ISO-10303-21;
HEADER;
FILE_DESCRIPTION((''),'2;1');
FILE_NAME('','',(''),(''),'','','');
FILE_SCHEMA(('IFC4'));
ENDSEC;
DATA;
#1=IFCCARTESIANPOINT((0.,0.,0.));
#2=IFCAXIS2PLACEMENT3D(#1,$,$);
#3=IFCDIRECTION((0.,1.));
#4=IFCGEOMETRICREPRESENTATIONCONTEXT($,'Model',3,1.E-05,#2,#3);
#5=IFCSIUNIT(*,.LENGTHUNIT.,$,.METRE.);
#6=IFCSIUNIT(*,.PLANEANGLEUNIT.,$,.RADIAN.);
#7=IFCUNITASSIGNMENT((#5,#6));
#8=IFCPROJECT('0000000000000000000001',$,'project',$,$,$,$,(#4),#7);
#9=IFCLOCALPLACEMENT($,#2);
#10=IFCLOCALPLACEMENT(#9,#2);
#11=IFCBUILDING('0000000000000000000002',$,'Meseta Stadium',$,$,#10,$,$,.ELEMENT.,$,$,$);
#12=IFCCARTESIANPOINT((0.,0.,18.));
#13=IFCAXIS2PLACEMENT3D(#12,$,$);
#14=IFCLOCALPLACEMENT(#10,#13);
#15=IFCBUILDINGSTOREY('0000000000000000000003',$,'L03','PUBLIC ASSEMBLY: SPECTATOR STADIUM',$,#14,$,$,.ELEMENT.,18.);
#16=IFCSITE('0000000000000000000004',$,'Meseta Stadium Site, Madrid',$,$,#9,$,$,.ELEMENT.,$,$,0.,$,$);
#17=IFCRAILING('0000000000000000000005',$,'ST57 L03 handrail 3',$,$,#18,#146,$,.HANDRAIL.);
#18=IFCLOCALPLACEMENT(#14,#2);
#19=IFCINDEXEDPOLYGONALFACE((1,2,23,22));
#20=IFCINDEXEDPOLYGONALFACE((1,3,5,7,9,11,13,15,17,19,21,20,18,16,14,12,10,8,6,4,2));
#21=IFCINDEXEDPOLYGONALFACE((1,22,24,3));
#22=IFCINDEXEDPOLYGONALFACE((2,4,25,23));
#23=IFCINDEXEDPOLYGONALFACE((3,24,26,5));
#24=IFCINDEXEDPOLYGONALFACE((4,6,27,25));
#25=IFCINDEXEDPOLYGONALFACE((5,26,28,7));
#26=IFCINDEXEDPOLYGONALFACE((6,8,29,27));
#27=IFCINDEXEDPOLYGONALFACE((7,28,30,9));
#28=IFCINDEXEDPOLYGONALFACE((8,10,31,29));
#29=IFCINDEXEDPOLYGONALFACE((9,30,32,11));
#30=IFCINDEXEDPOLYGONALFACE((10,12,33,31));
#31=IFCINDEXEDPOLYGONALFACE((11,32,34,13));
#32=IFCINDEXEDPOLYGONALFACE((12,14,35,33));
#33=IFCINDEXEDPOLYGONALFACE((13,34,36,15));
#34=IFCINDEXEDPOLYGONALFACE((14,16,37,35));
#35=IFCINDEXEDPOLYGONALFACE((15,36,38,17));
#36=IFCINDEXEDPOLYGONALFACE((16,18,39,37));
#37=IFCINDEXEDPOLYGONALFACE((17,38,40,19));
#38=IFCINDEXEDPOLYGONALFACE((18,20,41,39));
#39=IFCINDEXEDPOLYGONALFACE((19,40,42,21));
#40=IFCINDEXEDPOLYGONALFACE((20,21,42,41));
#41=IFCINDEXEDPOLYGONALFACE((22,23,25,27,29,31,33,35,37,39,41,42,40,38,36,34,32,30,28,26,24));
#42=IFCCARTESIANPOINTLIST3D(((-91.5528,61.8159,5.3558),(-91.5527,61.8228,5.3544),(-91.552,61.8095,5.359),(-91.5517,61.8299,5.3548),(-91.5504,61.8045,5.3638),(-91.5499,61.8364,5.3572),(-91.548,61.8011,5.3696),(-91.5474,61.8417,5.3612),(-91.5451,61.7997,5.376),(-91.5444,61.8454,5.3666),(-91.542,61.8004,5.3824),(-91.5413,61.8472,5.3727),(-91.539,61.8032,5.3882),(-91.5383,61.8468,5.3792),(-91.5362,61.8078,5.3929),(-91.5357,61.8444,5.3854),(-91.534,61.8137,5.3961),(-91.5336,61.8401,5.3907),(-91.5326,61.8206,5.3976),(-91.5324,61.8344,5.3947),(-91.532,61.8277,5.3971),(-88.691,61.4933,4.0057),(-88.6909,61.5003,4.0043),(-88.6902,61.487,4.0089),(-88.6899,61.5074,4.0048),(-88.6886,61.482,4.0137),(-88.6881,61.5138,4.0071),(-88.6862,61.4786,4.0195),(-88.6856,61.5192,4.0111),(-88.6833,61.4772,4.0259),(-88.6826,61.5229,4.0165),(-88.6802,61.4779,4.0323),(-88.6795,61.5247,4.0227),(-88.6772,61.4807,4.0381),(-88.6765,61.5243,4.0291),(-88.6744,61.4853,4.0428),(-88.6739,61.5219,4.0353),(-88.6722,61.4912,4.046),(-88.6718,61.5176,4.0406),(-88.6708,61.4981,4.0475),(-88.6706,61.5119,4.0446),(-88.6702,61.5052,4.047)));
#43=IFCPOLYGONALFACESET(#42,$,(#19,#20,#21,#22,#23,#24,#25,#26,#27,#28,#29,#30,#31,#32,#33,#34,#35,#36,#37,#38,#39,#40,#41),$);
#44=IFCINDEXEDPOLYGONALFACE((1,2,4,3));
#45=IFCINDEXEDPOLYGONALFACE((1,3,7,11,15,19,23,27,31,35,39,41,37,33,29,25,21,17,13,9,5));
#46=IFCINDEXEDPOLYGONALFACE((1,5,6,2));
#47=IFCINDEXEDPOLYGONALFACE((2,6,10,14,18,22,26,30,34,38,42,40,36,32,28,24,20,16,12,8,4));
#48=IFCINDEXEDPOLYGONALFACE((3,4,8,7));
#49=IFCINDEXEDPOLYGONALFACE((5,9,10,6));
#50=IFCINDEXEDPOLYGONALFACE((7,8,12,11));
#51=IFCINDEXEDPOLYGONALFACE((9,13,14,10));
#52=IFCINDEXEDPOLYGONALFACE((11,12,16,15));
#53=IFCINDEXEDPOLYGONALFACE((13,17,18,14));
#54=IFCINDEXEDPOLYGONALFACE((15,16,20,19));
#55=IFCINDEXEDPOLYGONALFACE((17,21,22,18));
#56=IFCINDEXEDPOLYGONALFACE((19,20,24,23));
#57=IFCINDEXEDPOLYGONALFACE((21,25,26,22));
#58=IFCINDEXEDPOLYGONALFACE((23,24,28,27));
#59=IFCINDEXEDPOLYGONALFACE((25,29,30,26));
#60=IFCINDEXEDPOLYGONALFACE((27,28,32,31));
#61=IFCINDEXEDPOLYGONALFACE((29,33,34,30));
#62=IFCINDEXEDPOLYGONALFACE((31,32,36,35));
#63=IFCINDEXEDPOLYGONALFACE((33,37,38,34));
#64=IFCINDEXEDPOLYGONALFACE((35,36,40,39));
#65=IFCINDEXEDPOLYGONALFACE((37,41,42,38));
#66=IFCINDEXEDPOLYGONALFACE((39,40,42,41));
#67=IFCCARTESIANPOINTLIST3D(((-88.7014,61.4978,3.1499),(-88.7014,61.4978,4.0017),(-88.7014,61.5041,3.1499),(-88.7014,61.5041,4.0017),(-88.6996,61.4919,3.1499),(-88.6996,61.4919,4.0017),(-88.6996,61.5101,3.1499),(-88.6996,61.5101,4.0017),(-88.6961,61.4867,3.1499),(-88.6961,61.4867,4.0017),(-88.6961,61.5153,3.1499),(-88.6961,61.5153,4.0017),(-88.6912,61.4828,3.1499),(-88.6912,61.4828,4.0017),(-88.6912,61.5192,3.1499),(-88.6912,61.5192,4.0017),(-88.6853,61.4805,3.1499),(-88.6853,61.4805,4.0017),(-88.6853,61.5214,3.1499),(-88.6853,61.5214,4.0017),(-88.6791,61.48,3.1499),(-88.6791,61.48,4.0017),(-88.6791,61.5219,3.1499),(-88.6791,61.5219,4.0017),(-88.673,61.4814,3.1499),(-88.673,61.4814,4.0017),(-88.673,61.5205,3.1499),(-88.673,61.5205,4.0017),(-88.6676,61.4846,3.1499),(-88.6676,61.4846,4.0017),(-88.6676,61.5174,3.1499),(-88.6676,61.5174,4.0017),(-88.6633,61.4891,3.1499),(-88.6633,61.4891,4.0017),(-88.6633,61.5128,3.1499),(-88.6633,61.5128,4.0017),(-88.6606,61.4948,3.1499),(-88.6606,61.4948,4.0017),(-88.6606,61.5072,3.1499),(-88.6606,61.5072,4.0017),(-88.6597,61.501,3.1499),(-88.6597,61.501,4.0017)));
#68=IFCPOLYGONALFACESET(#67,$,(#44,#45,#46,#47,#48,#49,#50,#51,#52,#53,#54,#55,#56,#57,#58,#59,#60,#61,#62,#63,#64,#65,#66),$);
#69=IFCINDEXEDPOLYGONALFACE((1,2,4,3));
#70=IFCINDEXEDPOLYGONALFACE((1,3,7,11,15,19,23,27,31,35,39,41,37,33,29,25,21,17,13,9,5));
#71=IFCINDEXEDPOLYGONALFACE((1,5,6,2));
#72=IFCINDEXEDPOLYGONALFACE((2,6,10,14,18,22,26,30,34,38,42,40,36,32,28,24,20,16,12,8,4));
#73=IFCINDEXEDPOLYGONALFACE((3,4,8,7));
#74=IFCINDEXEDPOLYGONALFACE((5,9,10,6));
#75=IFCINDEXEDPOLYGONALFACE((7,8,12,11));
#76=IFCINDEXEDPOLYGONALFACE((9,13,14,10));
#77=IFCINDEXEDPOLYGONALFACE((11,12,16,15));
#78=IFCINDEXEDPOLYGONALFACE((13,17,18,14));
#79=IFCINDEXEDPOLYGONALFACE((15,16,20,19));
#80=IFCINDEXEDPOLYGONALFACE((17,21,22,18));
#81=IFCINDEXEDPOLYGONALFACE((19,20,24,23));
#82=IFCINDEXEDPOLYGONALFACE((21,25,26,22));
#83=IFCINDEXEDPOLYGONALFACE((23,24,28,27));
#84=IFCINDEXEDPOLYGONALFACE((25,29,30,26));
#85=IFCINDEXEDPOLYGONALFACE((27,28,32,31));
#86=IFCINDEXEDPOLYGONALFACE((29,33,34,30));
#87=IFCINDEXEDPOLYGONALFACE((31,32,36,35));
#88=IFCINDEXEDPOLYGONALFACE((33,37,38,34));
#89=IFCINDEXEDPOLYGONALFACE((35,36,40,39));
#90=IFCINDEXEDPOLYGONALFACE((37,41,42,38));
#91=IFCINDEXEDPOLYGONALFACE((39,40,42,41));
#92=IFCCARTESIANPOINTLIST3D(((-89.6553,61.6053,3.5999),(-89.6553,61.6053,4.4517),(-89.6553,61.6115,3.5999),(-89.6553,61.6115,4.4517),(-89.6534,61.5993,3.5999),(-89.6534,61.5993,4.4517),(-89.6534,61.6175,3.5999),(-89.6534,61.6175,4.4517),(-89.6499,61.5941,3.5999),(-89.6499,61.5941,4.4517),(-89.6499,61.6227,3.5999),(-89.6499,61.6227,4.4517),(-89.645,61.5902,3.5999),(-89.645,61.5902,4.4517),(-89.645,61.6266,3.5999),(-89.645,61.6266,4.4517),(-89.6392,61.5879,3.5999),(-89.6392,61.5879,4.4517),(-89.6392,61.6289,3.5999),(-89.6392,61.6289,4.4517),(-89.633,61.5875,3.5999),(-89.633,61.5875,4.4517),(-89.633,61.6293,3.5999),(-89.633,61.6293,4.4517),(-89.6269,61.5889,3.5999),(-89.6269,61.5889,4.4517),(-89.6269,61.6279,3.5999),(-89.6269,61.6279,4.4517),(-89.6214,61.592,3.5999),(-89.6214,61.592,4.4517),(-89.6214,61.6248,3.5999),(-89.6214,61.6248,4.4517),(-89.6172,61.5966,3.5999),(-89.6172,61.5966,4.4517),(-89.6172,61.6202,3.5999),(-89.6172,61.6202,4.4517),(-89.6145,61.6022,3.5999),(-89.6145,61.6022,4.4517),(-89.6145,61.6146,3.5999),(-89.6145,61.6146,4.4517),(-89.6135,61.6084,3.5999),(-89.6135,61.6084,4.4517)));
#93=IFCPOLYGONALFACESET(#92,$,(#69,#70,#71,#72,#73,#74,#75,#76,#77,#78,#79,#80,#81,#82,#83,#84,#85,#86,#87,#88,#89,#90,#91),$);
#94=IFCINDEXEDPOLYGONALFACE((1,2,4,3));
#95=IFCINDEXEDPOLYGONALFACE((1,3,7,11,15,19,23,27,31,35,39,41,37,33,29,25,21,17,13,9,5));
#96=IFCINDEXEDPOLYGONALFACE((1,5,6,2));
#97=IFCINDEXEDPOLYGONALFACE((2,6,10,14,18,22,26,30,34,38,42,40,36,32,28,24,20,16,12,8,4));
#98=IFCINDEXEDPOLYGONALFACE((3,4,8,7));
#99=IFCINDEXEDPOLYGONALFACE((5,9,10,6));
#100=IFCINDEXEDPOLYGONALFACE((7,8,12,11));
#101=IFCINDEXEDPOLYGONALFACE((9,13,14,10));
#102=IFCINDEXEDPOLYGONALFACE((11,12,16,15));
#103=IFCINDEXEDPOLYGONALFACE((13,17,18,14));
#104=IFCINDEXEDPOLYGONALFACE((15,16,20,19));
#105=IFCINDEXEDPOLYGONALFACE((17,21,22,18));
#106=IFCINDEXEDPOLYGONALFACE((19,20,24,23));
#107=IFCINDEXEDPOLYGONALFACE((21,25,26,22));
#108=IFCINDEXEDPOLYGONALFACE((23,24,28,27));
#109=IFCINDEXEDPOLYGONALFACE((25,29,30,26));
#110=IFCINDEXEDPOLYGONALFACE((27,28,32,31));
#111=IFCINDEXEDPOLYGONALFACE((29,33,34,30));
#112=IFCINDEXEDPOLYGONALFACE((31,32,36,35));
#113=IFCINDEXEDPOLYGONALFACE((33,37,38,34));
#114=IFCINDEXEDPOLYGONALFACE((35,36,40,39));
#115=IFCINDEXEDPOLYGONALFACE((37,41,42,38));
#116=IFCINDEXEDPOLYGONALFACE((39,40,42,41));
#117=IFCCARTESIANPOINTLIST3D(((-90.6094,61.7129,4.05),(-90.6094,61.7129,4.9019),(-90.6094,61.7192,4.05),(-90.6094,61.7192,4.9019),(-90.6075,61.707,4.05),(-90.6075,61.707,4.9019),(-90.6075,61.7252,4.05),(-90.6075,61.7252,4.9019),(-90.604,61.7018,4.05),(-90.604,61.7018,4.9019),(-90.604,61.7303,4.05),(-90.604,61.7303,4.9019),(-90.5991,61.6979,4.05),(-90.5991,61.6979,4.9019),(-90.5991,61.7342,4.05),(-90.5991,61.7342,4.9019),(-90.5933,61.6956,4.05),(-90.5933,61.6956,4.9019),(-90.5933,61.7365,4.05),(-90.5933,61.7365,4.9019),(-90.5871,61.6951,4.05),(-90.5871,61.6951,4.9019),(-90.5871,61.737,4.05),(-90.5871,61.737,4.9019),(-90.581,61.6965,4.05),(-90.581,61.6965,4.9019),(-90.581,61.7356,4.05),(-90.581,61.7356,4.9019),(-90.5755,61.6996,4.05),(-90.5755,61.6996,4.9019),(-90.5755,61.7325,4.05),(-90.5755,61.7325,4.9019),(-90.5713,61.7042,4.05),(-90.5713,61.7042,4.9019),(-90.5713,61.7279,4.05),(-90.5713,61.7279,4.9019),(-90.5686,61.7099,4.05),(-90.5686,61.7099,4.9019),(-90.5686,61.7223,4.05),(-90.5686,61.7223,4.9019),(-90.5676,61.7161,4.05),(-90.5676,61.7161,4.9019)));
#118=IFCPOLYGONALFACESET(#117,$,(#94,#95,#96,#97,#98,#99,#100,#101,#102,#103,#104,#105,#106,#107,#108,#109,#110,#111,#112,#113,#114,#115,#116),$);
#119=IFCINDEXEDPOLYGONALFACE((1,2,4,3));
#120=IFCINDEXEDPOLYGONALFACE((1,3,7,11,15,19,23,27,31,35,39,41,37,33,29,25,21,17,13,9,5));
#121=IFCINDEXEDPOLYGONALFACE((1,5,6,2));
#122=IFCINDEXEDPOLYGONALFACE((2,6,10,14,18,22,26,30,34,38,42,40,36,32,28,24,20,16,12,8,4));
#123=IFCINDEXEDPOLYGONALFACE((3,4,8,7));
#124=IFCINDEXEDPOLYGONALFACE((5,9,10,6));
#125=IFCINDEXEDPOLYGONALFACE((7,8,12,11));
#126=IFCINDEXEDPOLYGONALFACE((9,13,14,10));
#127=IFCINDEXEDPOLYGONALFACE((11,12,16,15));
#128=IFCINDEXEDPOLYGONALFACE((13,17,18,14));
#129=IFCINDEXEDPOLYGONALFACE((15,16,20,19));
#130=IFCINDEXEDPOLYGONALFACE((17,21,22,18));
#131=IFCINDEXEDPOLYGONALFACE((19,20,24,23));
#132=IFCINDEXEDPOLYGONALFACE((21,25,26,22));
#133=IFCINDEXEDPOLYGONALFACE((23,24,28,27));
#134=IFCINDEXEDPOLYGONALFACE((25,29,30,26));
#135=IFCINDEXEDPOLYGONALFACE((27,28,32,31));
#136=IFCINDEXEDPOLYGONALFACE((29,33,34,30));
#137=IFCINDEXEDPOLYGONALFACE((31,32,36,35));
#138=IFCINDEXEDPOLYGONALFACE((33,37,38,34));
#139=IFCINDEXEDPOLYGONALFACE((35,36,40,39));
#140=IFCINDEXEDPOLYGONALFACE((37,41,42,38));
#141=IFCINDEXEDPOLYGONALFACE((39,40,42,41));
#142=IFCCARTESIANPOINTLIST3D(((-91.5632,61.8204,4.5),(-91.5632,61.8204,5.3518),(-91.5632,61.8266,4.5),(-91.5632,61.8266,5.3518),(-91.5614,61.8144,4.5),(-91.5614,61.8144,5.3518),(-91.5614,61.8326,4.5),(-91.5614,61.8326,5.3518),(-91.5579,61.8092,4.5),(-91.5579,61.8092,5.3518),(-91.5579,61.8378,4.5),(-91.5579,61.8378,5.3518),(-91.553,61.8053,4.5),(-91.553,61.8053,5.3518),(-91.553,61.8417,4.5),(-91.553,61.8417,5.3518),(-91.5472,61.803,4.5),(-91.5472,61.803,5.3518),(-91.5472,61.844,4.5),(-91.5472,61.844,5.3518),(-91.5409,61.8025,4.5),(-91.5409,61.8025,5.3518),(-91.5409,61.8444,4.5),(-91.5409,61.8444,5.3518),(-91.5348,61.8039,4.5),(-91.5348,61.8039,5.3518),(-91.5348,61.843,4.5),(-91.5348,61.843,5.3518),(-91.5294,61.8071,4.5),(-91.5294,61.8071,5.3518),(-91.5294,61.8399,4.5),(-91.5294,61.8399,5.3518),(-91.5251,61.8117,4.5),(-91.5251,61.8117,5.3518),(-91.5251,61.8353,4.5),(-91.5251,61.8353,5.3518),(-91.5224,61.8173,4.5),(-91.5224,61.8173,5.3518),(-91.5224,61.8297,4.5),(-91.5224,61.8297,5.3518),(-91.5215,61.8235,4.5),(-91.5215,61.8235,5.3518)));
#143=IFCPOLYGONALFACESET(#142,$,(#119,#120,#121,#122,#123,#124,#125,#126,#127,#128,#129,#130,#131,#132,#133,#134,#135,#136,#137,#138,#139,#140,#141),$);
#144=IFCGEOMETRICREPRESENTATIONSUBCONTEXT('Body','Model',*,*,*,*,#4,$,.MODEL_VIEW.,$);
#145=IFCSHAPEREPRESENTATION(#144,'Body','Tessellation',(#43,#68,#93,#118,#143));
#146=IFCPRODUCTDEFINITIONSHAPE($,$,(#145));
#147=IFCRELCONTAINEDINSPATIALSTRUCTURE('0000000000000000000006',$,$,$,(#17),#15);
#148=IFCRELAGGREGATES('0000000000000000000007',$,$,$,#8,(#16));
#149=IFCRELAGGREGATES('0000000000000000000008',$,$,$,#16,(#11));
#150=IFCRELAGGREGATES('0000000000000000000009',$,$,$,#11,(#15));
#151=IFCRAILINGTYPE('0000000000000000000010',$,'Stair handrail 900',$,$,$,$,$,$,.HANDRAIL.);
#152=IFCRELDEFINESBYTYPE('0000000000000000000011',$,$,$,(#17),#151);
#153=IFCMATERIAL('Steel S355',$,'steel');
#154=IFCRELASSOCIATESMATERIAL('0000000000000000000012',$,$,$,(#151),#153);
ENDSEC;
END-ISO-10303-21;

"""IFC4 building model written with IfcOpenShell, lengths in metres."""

from ifc_helpers import new_model, si_unit, direction, frame, origin, origin_2d, place, context, subcontext, project, spatial, circle, extrude, material, type_object, element, save


model = new_model("IFC4")

# Units and contexts
model_context = context("Model", 3, precision=1e-05, world=origin(), true_north=direction((0.0, 1.0)))
body_context = subcontext(model_context, "Body", "Model", "MODEL_VIEW")
ifc_project = project(units=[si_unit("LENGTHUNIT", "METRE"), si_unit("PLANEANGLEUNIT", "RADIAN")], contexts=[model_context])

# Site, building, storey
site_placement = place(None, origin())
site = spatial("IfcSite", under=ifc_project, at=site_placement, Name="Meseta Stadium Site, Madrid", CompositionType="ELEMENT", RefElevation=0.0)
building_placement = place(site_placement, origin())
building = spatial("IfcBuilding", under=site, at=building_placement, Name="Meseta Stadium", CompositionType="ELEMENT")
storey_placement = place(building_placement, frame((0.0, 0.0, 18.0)))
storey = spatial("IfcBuildingStorey", under=building, at=storey_placement, Name="L03", Description="PUBLIC ASSEMBLY: SPECTATOR STADIUM", CompositionType="ELEMENT", Elevation=18.0)

# Railing
ifc_material_1 = material(Name="Steel S355", Category="steel")
railing_type_1 = type_object("IfcRailingType", Name="Stair handrail 900", PredefinedType="HANDRAIL", material=ifc_material_1)
for number, where, name in (
    (1, (-88.6807, 61.501, 3.1499), "ST57 L03 handrail 3"),
):
    element("IfcRailing", number, at=place(storey_placement, frame(where)), inside=storey, type_object=railing_type_1, Name=name, PredefinedType="HANDRAIL", context=body_context, shape_type="SweptSolid", body=[
        extrude(circle(Radius=0.0239, at=origin_2d()), frame((0.0, 0.0, 0.876), z_axis=(-0.899748, 0.101396, 0.424467), x_axis=(-0.111985, -0.99371, 0.0)), (0.0, 0.0, 1.0), 3.1807),
        extrude(circle(Radius=0.021, at=origin_2d()), origin(), (0.0, 0.0, 1.0), 0.8518),
        extrude(circle(Radius=0.021, at=origin_2d()), frame((-0.9539, 0.1074, 0.45)), (0.0, 0.0, 1.0), 0.8518),
        extrude(circle(Radius=0.021, at=origin_2d()), frame((-1.908, 0.2151, 0.9001)), (0.0, 0.0, 1.0), 0.8518),
        extrude(circle(Radius=0.021, at=origin_2d()), frame((-2.8618, 0.3225, 1.3501)), (0.0, 0.0, 1.0), 0.8518),
    ])

save(model, "model.ifc")
